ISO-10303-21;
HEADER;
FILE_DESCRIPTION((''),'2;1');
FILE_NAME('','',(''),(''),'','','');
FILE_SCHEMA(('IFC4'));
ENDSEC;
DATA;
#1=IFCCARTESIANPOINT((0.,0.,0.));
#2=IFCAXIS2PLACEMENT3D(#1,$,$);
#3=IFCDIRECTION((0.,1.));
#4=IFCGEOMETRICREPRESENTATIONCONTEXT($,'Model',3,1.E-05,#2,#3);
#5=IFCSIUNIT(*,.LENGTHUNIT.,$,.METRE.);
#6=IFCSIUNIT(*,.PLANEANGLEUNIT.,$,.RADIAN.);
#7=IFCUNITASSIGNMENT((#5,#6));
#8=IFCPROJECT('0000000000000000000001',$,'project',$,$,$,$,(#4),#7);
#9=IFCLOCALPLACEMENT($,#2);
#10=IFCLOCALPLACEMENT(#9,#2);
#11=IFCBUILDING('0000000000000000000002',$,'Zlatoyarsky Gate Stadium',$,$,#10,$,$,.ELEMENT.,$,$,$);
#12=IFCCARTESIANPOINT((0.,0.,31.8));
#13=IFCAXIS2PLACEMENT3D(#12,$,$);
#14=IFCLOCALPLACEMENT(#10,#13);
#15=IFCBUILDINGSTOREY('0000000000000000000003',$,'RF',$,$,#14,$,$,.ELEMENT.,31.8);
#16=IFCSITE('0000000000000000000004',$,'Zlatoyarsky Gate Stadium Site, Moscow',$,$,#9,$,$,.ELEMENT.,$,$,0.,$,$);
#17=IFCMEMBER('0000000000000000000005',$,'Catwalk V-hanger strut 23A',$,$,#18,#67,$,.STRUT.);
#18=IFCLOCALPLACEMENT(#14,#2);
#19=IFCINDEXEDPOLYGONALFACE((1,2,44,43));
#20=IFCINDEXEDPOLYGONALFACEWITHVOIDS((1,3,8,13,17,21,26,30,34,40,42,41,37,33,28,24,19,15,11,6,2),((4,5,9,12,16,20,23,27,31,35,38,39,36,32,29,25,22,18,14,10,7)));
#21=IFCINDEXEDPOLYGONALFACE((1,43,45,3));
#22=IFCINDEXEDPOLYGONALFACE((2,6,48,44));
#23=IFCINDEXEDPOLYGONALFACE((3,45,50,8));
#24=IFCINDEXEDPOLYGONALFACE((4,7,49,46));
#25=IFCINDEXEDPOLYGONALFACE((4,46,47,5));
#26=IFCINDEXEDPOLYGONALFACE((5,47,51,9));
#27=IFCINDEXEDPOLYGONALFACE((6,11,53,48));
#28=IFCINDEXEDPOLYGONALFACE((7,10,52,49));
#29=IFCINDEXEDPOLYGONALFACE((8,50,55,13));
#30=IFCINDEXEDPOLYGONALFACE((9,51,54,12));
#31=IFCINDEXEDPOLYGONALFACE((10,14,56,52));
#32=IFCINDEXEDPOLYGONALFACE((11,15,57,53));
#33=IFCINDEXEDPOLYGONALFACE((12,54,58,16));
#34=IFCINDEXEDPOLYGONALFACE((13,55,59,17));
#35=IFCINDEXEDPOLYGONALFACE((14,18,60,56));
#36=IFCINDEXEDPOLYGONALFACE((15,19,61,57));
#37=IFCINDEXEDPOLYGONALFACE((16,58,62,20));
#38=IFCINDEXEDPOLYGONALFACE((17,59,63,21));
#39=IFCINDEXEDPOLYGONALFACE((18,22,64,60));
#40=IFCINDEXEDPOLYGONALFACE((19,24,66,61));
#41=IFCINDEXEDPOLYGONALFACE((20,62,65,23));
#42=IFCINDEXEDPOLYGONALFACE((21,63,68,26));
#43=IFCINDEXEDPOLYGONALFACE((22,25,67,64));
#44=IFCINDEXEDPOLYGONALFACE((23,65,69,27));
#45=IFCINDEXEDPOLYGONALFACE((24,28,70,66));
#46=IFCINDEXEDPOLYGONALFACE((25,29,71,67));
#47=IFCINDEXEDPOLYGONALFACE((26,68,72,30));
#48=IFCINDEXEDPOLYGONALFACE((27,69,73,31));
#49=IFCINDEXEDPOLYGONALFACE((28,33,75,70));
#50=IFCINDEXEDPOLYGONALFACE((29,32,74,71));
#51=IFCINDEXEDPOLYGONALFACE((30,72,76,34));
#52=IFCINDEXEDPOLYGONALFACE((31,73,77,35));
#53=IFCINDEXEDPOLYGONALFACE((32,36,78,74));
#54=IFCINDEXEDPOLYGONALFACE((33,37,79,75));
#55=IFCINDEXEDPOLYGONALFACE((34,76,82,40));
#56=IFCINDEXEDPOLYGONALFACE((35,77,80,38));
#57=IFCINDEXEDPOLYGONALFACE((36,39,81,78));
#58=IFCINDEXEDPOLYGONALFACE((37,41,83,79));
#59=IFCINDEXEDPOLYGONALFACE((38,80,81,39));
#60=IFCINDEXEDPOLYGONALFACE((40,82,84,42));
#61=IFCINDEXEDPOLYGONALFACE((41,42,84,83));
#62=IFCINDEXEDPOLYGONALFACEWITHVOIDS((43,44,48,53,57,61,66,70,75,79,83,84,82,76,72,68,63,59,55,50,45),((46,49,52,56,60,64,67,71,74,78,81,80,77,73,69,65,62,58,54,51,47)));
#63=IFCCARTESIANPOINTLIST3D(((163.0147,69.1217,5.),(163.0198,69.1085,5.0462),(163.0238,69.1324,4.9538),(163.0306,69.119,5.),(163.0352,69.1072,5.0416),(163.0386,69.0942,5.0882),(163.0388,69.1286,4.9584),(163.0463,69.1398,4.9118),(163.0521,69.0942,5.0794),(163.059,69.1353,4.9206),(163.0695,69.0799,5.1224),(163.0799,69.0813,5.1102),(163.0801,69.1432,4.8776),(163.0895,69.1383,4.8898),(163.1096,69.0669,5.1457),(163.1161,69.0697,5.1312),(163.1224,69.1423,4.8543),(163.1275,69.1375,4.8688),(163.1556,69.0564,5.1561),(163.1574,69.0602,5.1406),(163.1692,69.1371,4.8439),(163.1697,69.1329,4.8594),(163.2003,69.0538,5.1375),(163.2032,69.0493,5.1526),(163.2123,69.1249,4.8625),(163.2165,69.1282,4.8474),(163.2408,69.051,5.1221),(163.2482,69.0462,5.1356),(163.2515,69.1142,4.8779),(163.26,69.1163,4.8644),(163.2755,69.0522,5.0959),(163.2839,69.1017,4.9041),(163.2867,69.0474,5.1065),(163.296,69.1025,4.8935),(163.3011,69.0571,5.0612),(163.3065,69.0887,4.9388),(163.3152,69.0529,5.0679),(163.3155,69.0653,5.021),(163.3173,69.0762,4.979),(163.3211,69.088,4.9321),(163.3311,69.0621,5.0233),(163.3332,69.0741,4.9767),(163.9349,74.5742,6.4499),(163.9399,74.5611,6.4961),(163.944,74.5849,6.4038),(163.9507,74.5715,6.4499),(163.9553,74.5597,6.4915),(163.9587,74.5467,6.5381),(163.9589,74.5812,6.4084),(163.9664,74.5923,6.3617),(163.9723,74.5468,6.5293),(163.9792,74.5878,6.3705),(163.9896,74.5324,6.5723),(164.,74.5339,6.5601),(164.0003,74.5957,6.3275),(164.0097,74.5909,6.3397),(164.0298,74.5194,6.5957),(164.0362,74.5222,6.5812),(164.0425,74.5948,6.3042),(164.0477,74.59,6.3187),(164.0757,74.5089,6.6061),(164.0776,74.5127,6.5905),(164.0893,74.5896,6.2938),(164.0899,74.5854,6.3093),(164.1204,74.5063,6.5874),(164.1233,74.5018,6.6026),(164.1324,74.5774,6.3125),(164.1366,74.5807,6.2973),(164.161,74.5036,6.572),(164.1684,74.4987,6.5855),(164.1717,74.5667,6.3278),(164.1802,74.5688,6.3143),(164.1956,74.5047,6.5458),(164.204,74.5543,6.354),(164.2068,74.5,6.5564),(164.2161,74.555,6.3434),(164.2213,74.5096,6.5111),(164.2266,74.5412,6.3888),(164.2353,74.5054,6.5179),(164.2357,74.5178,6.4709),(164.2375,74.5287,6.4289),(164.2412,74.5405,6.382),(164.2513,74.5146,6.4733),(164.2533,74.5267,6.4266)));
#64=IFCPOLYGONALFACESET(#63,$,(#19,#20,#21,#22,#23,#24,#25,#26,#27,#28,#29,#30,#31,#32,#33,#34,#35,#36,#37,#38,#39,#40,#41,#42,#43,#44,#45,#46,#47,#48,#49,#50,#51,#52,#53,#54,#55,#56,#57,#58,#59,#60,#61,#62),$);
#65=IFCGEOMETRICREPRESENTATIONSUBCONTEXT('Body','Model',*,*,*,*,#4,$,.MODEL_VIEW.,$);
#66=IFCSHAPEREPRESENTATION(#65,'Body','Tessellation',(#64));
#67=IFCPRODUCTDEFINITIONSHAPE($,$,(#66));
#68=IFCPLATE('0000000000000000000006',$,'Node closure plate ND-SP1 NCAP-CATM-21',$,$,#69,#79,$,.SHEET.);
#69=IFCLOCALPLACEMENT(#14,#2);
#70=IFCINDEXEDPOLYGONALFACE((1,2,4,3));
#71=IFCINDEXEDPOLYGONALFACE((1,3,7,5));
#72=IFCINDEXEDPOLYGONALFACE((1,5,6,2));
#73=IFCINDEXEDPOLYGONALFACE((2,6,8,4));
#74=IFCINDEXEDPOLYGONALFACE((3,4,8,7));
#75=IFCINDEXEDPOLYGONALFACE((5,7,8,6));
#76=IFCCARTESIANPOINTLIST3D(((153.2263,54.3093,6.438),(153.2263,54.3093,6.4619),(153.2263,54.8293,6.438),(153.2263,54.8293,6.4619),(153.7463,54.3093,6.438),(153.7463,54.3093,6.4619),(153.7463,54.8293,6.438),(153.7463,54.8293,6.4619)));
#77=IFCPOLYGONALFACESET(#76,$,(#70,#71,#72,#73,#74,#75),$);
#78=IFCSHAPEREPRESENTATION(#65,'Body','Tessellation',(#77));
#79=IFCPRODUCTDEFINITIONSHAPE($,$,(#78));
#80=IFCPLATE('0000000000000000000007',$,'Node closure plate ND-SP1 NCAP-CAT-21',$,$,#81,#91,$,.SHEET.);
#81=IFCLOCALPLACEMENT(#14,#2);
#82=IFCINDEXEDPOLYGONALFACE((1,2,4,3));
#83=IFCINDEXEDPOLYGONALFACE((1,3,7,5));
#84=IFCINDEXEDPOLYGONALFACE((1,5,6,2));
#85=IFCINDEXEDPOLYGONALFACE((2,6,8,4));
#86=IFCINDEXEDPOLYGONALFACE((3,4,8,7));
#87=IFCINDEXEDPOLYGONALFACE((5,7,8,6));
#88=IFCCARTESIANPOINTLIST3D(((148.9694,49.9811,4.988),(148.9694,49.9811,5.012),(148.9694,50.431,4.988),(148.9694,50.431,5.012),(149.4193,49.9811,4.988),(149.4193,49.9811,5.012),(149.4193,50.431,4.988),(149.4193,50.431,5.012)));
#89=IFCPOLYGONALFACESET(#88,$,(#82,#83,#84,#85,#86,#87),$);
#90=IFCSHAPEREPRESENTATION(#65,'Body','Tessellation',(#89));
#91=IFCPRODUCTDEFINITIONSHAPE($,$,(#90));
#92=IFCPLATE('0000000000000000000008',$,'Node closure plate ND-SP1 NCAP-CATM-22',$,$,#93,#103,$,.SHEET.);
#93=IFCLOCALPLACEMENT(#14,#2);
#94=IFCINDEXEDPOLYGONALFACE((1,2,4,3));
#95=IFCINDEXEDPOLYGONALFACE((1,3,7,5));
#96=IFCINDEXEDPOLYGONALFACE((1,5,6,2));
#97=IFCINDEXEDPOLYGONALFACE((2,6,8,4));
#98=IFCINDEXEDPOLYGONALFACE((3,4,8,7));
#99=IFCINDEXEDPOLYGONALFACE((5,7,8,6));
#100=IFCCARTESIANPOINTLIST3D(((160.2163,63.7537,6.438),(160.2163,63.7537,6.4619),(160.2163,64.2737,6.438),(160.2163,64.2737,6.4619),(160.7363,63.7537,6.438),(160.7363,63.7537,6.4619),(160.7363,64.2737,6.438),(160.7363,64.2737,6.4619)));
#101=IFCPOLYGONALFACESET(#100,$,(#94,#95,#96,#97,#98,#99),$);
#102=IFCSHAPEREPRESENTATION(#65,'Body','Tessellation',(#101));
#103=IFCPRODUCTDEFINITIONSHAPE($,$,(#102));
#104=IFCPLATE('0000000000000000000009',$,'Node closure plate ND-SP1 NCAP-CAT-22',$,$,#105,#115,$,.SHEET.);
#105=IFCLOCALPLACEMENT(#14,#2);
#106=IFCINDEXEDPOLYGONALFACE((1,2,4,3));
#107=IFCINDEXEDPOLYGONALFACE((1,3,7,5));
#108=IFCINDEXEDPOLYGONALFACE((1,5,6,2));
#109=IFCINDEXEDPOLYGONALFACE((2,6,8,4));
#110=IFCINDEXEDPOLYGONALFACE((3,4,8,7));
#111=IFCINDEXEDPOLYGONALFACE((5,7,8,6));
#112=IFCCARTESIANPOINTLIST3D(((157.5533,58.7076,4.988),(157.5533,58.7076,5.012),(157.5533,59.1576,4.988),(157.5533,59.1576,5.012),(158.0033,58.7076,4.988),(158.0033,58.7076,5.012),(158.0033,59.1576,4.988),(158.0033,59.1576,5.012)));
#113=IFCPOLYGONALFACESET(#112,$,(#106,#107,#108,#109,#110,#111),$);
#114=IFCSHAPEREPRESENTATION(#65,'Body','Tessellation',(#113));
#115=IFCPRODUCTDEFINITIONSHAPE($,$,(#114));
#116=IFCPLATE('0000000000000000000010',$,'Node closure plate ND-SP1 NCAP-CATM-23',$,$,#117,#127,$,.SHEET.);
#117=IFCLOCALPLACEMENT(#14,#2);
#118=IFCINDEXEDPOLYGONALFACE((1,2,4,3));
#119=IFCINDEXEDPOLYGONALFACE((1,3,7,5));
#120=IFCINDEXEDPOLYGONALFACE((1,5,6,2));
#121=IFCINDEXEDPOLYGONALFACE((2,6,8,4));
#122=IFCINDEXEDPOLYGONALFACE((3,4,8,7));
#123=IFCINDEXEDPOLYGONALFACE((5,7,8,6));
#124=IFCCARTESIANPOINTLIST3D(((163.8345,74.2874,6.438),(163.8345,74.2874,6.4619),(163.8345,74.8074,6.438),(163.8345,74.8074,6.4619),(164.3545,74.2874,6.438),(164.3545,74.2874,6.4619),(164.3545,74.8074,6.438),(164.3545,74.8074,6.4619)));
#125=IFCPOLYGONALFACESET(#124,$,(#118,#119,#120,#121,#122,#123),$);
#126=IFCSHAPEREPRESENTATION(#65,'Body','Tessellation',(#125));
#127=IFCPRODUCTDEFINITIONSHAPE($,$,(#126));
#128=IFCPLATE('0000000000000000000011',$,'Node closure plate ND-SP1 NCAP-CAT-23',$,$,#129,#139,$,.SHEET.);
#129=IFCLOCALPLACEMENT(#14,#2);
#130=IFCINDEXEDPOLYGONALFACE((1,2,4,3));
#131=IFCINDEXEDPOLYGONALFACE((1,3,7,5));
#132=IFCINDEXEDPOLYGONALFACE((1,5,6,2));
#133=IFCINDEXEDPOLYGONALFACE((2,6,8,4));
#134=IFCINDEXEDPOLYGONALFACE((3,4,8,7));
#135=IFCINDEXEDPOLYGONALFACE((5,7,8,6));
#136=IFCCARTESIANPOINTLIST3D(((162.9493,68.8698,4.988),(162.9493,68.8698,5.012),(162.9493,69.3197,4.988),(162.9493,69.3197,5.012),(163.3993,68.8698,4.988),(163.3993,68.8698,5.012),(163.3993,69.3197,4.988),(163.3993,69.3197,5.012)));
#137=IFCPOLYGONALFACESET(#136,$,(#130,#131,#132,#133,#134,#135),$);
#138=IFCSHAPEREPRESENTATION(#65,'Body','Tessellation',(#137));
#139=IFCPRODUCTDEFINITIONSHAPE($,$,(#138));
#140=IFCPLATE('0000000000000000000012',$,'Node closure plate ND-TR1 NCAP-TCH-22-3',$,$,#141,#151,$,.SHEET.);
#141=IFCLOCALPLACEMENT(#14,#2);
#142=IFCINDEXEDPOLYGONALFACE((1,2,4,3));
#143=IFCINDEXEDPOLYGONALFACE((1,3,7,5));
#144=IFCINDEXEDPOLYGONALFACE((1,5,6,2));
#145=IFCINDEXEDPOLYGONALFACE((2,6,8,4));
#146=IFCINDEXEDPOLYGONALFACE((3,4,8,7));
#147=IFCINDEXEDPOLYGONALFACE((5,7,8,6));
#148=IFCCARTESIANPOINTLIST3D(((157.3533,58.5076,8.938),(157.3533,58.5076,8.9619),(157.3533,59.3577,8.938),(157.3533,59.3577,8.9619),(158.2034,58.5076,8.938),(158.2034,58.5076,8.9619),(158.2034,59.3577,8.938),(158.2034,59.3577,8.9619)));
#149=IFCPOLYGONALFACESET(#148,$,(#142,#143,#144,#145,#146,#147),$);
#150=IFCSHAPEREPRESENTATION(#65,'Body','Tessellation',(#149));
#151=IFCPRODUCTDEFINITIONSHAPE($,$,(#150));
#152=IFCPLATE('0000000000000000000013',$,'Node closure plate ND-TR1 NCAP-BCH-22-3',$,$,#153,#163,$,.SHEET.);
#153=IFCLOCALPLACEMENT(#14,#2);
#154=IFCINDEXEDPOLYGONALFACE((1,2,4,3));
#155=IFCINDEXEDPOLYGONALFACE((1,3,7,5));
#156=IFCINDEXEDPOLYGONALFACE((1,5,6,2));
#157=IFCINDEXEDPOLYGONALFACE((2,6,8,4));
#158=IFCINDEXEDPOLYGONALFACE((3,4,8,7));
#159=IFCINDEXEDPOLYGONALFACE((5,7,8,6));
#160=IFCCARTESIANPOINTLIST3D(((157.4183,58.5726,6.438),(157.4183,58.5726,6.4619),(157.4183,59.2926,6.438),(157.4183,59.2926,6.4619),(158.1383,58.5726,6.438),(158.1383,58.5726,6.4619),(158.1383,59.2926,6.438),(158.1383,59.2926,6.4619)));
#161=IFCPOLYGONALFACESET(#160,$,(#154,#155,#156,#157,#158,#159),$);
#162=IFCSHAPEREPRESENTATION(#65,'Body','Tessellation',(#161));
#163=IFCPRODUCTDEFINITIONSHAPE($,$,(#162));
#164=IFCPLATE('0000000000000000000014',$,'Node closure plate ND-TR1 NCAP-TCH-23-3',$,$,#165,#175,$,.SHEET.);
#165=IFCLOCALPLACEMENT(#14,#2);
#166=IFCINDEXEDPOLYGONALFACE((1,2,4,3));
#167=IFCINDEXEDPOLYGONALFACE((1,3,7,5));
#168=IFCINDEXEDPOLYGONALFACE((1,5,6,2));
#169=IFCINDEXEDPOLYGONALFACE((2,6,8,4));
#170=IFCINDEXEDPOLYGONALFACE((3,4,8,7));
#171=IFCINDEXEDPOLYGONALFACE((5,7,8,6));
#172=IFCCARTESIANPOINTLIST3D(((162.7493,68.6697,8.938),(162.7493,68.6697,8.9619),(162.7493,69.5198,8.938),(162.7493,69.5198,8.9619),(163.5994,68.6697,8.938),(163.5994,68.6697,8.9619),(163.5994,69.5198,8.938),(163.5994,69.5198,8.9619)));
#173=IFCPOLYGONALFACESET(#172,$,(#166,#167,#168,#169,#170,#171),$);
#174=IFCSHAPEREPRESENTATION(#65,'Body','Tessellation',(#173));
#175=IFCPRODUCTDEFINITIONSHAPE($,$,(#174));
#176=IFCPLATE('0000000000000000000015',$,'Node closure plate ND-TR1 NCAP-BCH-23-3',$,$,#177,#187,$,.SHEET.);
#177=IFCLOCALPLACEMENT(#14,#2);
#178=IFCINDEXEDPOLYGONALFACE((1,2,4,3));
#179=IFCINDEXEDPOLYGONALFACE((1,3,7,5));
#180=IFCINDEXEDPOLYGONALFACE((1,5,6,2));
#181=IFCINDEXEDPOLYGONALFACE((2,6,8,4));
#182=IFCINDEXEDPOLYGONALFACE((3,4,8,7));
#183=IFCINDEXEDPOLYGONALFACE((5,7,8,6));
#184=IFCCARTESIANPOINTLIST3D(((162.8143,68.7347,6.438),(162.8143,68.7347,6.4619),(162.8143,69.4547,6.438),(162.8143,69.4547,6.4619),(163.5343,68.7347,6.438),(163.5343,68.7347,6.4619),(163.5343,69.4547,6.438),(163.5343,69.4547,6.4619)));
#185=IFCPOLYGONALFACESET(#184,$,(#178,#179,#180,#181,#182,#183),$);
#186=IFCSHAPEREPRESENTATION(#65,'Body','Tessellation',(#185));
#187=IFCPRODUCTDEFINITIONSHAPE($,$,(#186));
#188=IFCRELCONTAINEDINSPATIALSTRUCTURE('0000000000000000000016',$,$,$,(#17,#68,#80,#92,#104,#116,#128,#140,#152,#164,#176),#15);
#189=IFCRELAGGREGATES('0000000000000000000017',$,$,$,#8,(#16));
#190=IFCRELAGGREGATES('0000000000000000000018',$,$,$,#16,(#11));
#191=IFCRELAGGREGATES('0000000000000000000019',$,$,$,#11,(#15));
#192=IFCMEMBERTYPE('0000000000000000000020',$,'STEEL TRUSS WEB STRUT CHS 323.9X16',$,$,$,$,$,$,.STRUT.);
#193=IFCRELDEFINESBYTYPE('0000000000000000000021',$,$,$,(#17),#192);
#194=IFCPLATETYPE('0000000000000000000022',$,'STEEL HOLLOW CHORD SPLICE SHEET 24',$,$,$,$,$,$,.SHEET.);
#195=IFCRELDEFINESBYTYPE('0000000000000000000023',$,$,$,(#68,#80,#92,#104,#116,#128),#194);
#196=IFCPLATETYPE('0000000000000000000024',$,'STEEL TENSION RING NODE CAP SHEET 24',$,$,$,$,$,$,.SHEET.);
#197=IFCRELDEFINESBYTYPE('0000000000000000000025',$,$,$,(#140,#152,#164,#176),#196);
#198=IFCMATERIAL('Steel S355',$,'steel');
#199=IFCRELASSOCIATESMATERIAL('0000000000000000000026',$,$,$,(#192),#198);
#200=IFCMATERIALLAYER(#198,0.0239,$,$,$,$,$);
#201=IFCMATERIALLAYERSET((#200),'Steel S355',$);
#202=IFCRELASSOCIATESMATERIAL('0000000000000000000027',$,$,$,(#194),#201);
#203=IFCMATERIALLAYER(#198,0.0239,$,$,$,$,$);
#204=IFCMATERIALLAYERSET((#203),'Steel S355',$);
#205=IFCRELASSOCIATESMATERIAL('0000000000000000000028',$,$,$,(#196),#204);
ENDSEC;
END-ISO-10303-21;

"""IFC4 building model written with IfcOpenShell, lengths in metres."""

from ifc_helpers import new_model, si_unit, direction, frame, origin, origin_2d, place, context, subcontext, project, spatial, rectangle, hollow_circle, extrude, material, layer, layer_set, material_profile, profile_set, type_object, element, save


model = new_model("IFC4")

# Units and contexts
model_context = context("Model", 3, precision=1e-05, world=origin(), true_north=direction((0.0, 1.0)))
body_context = subcontext(model_context, "Body", "Model", "MODEL_VIEW")
ifc_project = project(units=[si_unit("LENGTHUNIT", "METRE"), si_unit("PLANEANGLEUNIT", "RADIAN")], contexts=[model_context])

# Site, building, storey
site_placement = place(None, origin())
site = spatial("IfcSite", under=ifc_project, at=site_placement, Name="Zlatoyarsky Gate Stadium Site, Moscow", CompositionType="ELEMENT", RefElevation=0.0)
building_placement = place(site_placement, origin())
building = spatial("IfcBuilding", under=site, at=building_placement, Name="Zlatoyarsky Gate Stadium", CompositionType="ELEMENT")
storey_placement = place(building_placement, frame((0.0, 0.0, 31.8)))
storey = spatial("IfcBuildingStorey", under=building, at=storey_placement, Name="RF", CompositionType="ELEMENT", Elevation=31.8)

# Shared definitions
ifc_material = material(Name="Steel S355", Category="steel")

# Member
ifc_material_profile_1 = material_profile(ifc_material, hollow_circle(Radius=0.1619, WallThickness=0.0161, at=origin_2d()), Name="CHS 323.9X16")
ifc_profile_set_1 = profile_set([ifc_material_profile_1], Name="Steel S355")
member_type_1 = type_object("IfcMemberType", Name="STEEL TRUSS WEB STRUT CHS 323.9X16", PredefinedType="STRUT", material=ifc_profile_set_1)
member_1_placement = place(storey_placement, frame((163.1743, 69.0947, 5.0), z_axis=(0.160962, 0.953814, 0.253636), x_axis=(-0.986058, 0.166403, 0.0)))
element("IfcMember", 1, at=member_1_placement, inside=storey, type_object=member_type_1, Name="Catwalk V-hanger strut 23A", PredefinedType="STRUT", context=body_context, shape_type="SweptSolid", body=[
    extrude(hollow_circle(Radius=0.1619, WallThickness=0.0161, at=origin_2d()), origin(), (0.0, 0.0, 1.0), 5.7166),
])

# Plates
ifc_layer_1 = layer(ifc_material, 0.0239)
ifc_layer_set_1 = layer_set([ifc_layer_1], Name="Steel S355")
plate_type_1 = type_object("IfcPlateType", Name="STEEL HOLLOW CHORD SPLICE SHEET 24", PredefinedType="SHEET", material=ifc_layer_set_1)
plate_1_placement = place(storey_placement, frame((153.4863, 54.5693, 6.438), z_axis=(0.0, 0.0, 1.0), x_axis=(1.0, 0.0, 0.0)))
element("IfcPlate", 2, at=plate_1_placement, inside=storey, type_object=plate_type_1, Name="Node closure plate ND-SP1 NCAP-CATM-21", PredefinedType="SHEET", context=body_context, shape_type="SweptSolid", body=[
    extrude(rectangle(XDim=0.52, YDim=0.52, at=origin_2d()), origin(), (0.0, 0.0, 1.0), 0.0239),
])
plate_2_placement = place(storey_placement, frame((149.1943, 50.2061, 4.988), z_axis=(0.0, 0.0, 1.0), x_axis=(1.0, 0.0, 0.0)))
element("IfcPlate", 3, at=plate_2_placement, inside=storey, type_object=plate_type_1, Name="Node closure plate ND-SP1 NCAP-CAT-21", PredefinedType="SHEET", context=body_context, shape_type="SweptSolid", body=[
    extrude(rectangle(XDim=0.45, YDim=0.45, at=origin_2d()), origin(), (0.0, 0.0, 1.0), 0.0239),
])
plate_3_placement = place(storey_placement, frame((160.4763, 64.0137, 6.438), z_axis=(0.0, 0.0, 1.0), x_axis=(1.0, 0.0, 0.0)))
element("IfcPlate", 4, at=plate_3_placement, inside=storey, type_object=plate_type_1, Name="Node closure plate ND-SP1 NCAP-CATM-22", PredefinedType="SHEET", context=body_context, shape_type="SweptSolid", body=[
    extrude(rectangle(XDim=0.52, YDim=0.52, at=origin_2d()), origin(), (0.0, 0.0, 1.0), 0.0239),
])
plate_4_placement = place(storey_placement, frame((157.7783, 58.9326, 4.988), z_axis=(0.0, 0.0, 1.0), x_axis=(1.0, 0.0, 0.0)))
element("IfcPlate", 5, at=plate_4_placement, inside=storey, type_object=plate_type_1, Name="Node closure plate ND-SP1 NCAP-CAT-22", PredefinedType="SHEET", context=body_context, shape_type="SweptSolid", body=[
    extrude(rectangle(XDim=0.45, YDim=0.45, at=origin_2d()), origin(), (0.0, 0.0, 1.0), 0.0239),
])
plate_5_placement = place(storey_placement, frame((164.0945, 74.5474, 6.438), z_axis=(0.0, 0.0, 1.0), x_axis=(1.0, 0.0, 0.0)))
element("IfcPlate", 6, at=plate_5_placement, inside=storey, type_object=plate_type_1, Name="Node closure plate ND-SP1 NCAP-CATM-23", PredefinedType="SHEET", context=body_context, shape_type="SweptSolid", body=[
    extrude(rectangle(XDim=0.52, YDim=0.52, at=origin_2d()), origin(), (0.0, 0.0, 1.0), 0.0239),
])
plate_6_placement = place(storey_placement, frame((163.1743, 69.0947, 4.988), z_axis=(0.0, 0.0, 1.0), x_axis=(1.0, 0.0, 0.0)))
element("IfcPlate", 7, at=plate_6_placement, inside=storey, type_object=plate_type_1, Name="Node closure plate ND-SP1 NCAP-CAT-23", PredefinedType="SHEET", context=body_context, shape_type="SweptSolid", body=[
    extrude(rectangle(XDim=0.45, YDim=0.45, at=origin_2d()), origin(), (0.0, 0.0, 1.0), 0.0239),
])
ifc_layer_2 = layer(ifc_material, 0.0239)
ifc_layer_set_2 = layer_set([ifc_layer_2], Name="Steel S355")
plate_type_2 = type_object("IfcPlateType", Name="STEEL TENSION RING NODE CAP SHEET 24", PredefinedType="SHEET", material=ifc_layer_set_2)
plate_7_placement = place(storey_placement, frame((157.7783, 58.9326, 8.938), z_axis=(0.0, 0.0, 1.0), x_axis=(1.0, 0.0, 0.0)))
element("IfcPlate", 8, at=plate_7_placement, inside=storey, type_object=plate_type_2, Name="Node closure plate ND-TR1 NCAP-TCH-22-3", PredefinedType="SHEET", context=body_context, shape_type="SweptSolid", body=[
    extrude(rectangle(XDim=0.8501, YDim=0.8501, at=origin_2d()), origin(), (0.0, 0.0, 1.0), 0.0239),
])
plate_8_placement = place(storey_placement, frame((157.7783, 58.9326, 6.438), z_axis=(0.0, 0.0, 1.0), x_axis=(1.0, 0.0, 0.0)))
element("IfcPlate", 9, at=plate_8_placement, inside=storey, type_object=plate_type_2, Name="Node closure plate ND-TR1 NCAP-BCH-22-3", PredefinedType="SHEET", context=body_context, shape_type="SweptSolid", body=[
    extrude(rectangle(XDim=0.72, YDim=0.72, at=origin_2d()), origin(), (0.0, 0.0, 1.0), 0.0239),
])
plate_9_placement = place(storey_placement, frame((163.1743, 69.0947, 8.938), z_axis=(0.0, 0.0, 1.0), x_axis=(1.0, 0.0, 0.0)))
element("IfcPlate", 10, at=plate_9_placement, inside=storey, type_object=plate_type_2, Name="Node closure plate ND-TR1 NCAP-TCH-23-3", PredefinedType="SHEET", context=body_context, shape_type="SweptSolid", body=[
    extrude(rectangle(XDim=0.8501, YDim=0.8501, at=origin_2d()), origin(), (0.0, 0.0, 1.0), 0.0239),
])
plate_10_placement = place(storey_placement, frame((163.1743, 69.0947, 6.438), z_axis=(0.0, 0.0, 1.0), x_axis=(1.0, 0.0, 0.0)))
element("IfcPlate", 11, at=plate_10_placement, inside=storey, type_object=plate_type_2, Name="Node closure plate ND-TR1 NCAP-BCH-23-3", PredefinedType="SHEET", context=body_context, shape_type="SweptSolid", body=[
    extrude(rectangle(XDim=0.72, YDim=0.72, at=origin_2d()), origin(), (0.0, 0.0, 1.0), 0.0239),
])

save(model, "model.ifc")
